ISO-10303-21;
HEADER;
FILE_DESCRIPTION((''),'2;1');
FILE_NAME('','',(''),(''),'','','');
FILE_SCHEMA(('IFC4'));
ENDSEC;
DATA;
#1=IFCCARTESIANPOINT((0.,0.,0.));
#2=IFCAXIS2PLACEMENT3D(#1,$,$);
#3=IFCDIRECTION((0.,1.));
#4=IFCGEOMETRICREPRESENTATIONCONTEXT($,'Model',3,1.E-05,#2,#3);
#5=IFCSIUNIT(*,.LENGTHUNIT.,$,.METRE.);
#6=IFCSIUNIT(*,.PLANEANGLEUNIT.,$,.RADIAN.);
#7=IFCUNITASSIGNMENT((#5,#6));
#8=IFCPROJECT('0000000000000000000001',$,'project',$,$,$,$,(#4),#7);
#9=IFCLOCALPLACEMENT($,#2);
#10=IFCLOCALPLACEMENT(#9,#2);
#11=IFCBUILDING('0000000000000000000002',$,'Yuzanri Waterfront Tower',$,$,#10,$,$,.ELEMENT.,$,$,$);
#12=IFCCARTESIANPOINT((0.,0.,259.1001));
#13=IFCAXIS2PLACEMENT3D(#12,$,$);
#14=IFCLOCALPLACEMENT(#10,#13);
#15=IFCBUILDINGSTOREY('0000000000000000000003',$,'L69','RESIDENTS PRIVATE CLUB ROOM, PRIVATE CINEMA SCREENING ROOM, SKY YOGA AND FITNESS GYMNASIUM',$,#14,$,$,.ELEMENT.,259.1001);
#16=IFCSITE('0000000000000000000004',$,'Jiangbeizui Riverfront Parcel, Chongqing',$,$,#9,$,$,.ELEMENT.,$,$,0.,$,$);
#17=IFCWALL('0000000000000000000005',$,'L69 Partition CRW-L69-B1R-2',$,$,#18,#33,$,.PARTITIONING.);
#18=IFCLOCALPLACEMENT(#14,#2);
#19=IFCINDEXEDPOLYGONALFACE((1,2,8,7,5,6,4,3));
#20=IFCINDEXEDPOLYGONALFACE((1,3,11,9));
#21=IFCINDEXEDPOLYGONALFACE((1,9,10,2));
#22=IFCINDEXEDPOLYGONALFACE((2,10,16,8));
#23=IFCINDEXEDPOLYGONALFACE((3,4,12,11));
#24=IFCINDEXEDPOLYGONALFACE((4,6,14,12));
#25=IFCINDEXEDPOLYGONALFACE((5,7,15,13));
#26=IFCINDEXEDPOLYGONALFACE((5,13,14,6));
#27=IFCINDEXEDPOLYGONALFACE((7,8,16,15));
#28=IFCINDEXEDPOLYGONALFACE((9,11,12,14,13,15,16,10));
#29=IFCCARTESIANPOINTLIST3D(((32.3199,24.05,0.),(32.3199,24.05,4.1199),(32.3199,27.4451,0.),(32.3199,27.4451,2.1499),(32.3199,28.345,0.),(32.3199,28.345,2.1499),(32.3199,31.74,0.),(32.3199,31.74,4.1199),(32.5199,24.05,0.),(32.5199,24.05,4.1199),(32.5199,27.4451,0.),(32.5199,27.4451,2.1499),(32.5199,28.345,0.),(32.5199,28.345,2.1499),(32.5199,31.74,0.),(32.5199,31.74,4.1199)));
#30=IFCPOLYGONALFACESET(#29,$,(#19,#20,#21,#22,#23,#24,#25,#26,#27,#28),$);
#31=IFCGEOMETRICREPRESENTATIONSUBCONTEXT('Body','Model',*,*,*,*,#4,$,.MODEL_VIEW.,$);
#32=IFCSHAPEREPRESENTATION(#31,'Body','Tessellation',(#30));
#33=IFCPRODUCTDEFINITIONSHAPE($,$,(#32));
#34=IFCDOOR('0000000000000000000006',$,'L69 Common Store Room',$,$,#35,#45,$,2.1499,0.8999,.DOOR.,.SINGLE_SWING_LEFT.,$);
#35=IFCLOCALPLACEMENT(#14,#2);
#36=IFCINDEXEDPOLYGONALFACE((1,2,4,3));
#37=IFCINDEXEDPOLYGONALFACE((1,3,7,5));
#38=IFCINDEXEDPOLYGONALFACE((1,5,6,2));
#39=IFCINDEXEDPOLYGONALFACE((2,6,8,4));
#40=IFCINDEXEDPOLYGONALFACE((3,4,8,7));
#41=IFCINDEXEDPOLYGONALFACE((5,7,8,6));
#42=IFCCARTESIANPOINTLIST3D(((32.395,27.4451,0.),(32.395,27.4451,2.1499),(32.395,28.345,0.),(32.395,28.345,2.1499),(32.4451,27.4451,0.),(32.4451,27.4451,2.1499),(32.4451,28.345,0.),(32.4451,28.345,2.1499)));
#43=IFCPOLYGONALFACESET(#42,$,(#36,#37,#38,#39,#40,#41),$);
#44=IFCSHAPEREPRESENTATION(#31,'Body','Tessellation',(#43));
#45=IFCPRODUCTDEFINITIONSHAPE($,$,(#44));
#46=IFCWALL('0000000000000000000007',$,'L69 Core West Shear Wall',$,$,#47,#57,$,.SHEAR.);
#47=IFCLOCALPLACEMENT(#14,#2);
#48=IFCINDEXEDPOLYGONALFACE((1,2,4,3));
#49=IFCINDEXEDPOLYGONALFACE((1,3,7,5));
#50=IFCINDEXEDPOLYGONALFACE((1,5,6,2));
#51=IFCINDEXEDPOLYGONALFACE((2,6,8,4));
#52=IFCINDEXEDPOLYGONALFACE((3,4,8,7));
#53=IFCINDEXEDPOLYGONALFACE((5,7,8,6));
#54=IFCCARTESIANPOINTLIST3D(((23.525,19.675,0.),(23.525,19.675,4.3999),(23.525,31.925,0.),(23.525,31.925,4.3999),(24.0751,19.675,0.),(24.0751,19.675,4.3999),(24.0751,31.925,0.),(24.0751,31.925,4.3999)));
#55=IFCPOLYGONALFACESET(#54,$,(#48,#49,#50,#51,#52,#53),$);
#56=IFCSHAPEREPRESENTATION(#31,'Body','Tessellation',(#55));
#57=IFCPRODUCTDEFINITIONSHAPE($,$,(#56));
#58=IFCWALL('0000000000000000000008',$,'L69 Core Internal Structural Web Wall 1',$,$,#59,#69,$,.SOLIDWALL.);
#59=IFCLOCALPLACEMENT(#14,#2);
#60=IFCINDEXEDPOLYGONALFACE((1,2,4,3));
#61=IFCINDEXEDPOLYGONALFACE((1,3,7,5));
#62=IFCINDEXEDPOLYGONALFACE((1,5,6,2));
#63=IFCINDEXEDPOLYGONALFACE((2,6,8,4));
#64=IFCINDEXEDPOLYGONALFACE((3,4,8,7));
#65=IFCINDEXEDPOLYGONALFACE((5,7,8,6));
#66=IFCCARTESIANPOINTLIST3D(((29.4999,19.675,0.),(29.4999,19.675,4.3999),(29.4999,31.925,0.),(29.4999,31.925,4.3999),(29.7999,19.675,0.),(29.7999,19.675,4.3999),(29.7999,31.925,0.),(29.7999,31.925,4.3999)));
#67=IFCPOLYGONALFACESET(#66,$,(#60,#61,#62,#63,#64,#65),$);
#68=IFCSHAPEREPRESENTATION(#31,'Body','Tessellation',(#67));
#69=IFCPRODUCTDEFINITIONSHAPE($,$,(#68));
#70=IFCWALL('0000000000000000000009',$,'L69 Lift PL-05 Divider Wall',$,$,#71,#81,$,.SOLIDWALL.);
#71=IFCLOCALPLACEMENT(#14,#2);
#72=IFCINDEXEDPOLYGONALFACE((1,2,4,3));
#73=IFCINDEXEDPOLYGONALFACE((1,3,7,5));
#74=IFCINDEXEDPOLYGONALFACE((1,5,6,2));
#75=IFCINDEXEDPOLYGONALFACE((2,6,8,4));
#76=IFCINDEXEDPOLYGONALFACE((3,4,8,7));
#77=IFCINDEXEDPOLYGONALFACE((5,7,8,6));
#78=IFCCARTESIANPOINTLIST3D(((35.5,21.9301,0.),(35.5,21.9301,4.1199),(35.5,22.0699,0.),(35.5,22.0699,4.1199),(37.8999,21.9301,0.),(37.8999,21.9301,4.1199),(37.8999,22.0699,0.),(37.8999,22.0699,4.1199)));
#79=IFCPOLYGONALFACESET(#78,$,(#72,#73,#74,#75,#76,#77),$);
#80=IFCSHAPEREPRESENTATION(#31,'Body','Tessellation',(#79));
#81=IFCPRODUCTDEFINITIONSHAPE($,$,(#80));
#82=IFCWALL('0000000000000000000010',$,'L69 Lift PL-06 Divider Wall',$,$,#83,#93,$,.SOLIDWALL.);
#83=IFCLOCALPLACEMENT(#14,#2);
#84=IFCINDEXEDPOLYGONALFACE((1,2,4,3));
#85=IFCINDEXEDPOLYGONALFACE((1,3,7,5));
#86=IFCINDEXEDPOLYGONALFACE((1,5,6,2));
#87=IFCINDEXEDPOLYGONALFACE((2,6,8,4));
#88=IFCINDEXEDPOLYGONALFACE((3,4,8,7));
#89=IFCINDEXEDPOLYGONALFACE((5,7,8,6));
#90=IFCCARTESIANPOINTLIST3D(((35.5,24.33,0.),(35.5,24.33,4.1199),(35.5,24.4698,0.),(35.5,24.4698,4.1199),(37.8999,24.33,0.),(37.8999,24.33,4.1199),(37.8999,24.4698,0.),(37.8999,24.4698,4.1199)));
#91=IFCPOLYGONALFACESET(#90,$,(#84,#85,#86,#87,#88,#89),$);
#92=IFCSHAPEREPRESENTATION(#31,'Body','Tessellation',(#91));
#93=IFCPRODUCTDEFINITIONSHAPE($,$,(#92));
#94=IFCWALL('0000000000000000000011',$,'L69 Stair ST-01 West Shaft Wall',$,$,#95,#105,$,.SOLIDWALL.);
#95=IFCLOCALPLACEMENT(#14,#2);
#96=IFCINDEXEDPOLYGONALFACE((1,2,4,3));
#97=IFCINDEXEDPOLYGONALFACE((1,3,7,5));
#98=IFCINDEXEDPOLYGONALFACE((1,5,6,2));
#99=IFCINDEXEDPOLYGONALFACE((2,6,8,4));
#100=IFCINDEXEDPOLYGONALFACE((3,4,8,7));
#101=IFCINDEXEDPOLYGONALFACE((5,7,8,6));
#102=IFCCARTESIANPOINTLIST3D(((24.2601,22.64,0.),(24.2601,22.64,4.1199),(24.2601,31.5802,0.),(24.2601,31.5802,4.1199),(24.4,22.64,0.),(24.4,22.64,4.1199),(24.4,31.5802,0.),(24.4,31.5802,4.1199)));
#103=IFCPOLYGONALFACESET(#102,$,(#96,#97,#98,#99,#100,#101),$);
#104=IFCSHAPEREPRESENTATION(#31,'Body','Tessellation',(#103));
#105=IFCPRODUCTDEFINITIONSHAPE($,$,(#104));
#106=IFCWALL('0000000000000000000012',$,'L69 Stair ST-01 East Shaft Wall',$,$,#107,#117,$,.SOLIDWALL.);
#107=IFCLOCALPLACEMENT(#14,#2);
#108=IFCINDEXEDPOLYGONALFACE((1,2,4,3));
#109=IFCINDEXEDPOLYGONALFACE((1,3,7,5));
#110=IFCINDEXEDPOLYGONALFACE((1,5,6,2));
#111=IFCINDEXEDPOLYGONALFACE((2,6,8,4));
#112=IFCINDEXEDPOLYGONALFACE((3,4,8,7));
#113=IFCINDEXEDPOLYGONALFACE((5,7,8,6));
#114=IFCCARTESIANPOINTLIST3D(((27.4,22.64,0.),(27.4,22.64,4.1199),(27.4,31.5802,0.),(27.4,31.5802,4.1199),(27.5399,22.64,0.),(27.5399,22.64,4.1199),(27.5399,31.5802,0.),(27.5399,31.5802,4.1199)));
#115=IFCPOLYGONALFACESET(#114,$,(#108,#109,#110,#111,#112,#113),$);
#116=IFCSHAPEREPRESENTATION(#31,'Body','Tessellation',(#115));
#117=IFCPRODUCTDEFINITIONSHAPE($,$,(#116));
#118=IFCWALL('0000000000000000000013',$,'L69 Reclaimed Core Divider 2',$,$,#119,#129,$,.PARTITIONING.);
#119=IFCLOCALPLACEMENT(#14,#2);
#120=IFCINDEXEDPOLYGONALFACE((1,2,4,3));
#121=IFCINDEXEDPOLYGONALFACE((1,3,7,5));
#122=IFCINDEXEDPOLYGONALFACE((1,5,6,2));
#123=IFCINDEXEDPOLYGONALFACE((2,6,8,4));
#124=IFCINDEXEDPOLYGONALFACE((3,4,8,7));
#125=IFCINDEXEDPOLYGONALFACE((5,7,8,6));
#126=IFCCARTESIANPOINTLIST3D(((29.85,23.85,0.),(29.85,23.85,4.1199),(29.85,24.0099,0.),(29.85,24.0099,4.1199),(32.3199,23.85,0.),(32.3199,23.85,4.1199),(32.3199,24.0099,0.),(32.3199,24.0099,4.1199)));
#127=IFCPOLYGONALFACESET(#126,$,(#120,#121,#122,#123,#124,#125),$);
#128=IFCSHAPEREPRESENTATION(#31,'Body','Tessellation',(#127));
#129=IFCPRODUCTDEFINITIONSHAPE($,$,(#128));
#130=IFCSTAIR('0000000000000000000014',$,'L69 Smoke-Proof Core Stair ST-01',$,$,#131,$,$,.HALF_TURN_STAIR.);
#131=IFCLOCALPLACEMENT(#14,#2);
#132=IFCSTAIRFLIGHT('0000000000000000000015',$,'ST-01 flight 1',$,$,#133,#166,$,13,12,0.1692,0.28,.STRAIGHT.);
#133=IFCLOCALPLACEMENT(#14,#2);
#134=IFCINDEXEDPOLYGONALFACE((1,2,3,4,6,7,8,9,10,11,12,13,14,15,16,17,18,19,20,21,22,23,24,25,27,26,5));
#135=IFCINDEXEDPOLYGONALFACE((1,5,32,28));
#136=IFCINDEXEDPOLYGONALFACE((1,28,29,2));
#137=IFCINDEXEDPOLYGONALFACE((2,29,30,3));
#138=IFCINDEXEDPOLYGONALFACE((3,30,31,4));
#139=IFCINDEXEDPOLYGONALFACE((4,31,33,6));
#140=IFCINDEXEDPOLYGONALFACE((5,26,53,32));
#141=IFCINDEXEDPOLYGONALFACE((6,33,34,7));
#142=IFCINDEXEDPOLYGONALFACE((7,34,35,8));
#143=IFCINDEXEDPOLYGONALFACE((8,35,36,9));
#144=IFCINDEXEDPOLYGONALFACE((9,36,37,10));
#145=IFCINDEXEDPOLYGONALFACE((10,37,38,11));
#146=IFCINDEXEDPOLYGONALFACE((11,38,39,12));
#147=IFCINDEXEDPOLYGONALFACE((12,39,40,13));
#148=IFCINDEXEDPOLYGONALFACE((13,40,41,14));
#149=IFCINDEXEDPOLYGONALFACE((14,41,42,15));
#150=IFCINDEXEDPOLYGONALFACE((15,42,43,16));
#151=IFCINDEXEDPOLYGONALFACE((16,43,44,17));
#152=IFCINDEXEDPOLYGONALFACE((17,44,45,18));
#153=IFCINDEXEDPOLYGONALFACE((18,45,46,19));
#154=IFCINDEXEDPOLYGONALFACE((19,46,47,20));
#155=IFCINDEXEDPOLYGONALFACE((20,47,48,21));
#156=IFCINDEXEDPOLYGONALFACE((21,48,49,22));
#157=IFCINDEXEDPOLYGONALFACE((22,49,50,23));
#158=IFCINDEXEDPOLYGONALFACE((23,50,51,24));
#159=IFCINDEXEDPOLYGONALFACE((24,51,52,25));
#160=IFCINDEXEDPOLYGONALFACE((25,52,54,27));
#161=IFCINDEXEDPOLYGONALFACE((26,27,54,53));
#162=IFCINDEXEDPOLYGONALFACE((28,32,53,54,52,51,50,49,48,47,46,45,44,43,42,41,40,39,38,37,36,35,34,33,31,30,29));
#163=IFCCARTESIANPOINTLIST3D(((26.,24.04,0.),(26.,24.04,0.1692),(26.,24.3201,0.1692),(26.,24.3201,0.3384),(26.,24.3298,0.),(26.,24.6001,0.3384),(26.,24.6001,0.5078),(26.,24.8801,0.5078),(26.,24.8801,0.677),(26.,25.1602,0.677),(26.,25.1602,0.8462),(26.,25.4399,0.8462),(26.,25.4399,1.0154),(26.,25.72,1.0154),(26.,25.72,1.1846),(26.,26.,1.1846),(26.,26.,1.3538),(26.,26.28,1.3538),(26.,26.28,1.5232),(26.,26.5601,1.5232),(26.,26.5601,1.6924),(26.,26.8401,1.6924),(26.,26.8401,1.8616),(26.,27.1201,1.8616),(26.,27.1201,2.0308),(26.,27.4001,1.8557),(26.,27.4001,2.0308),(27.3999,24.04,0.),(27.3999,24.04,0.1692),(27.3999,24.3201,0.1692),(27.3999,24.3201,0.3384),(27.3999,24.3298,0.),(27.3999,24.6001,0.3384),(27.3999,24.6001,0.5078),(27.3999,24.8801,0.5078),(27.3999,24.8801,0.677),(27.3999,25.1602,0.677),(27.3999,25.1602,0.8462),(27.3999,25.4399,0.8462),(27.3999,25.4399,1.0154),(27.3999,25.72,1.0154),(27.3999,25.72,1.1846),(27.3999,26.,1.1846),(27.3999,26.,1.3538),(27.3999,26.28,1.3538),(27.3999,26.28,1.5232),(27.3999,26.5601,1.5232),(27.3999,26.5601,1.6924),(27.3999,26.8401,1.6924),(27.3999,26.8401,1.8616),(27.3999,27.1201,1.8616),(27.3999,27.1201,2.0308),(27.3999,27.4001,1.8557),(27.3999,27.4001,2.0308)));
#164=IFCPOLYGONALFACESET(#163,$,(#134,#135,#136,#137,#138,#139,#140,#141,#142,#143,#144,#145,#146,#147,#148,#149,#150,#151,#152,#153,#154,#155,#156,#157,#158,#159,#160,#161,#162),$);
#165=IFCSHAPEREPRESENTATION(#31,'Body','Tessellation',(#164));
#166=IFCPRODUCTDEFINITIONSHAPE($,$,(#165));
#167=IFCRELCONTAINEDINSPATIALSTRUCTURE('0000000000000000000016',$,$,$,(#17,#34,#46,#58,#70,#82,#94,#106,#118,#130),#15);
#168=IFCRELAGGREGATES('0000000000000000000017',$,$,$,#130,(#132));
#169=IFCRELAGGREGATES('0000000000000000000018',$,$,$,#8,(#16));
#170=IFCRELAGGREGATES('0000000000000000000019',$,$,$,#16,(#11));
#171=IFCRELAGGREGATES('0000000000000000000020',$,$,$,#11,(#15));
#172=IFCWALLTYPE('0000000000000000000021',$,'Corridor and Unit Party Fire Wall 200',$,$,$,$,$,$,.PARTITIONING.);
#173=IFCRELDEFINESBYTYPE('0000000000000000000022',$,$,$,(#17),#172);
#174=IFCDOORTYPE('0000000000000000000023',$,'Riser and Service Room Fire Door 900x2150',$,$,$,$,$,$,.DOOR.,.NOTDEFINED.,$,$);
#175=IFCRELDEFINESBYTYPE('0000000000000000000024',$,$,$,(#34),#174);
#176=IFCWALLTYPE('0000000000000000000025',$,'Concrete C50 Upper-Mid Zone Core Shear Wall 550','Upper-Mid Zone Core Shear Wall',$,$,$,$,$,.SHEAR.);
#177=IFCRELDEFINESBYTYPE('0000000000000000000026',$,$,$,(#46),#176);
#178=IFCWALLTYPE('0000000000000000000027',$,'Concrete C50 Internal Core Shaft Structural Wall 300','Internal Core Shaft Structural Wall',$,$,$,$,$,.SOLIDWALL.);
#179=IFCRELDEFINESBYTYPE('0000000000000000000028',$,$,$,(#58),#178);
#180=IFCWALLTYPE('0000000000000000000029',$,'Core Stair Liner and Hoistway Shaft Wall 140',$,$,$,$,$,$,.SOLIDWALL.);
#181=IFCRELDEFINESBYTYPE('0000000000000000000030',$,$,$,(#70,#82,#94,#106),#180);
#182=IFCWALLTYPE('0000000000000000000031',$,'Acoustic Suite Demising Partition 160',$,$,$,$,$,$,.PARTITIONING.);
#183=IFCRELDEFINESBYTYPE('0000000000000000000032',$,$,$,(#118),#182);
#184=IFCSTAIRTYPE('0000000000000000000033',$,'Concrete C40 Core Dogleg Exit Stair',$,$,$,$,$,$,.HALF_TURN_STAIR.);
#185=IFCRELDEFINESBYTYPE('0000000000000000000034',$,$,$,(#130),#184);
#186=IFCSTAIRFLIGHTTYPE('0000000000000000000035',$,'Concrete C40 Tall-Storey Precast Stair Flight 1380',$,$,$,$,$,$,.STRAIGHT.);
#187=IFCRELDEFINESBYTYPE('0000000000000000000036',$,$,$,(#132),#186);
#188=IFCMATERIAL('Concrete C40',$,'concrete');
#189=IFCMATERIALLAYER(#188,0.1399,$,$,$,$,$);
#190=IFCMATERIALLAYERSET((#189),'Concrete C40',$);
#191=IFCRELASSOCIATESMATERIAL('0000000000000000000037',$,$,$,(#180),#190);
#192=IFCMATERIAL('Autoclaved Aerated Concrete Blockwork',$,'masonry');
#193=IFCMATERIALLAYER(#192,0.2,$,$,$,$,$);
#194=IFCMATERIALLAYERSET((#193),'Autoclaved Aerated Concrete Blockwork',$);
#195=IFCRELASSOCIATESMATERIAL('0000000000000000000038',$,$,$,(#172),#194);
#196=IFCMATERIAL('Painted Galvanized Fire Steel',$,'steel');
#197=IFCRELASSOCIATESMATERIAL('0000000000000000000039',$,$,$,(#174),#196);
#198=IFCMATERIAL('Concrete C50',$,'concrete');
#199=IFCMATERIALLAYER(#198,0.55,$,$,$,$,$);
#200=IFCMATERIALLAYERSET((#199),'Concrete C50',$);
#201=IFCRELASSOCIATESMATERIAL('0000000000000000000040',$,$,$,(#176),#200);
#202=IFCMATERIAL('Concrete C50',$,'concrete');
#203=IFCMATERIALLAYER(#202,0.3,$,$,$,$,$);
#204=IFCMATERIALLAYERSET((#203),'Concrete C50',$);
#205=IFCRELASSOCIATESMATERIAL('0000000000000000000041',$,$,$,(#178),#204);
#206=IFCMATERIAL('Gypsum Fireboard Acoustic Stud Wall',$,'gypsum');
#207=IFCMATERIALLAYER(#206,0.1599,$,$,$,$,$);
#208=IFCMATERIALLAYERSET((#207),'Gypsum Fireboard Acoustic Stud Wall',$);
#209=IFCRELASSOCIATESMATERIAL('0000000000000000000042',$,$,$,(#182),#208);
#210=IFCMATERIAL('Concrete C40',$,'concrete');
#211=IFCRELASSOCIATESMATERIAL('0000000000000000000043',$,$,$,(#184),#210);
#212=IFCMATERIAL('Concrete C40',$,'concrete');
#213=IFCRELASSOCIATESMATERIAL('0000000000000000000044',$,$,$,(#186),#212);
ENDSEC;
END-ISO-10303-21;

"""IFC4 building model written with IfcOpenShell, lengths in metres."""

from ifc_helpers import new_model, si_unit, direction, frame, frame_2d, origin, place, context, subcontext, project, spatial, polyline, rectangle, outline, extrude, source, transform, mapped, material, layer, layer_set, type_object, element, fill, aggregate, save


model = new_model("IFC4")

# Units and contexts
model_context = context("Model", 3, precision=1e-05, world=origin(), true_north=direction((0.0, 1.0)))
body_context = subcontext(model_context, "Body", "Model", "MODEL_VIEW")
ifc_project = project(units=[si_unit("LENGTHUNIT", "METRE"), si_unit("PLANEANGLEUNIT", "RADIAN")], contexts=[model_context])

# Site, building, storey
site_placement = place(None, origin())
site = spatial("IfcSite", under=ifc_project, at=site_placement, Name="Jiangbeizui Riverfront Parcel, Chongqing", CompositionType="ELEMENT", RefElevation=0.0)
building_placement = place(site_placement, origin())
building = spatial("IfcBuilding", under=site, at=building_placement, Name="Yuzanri Waterfront Tower", CompositionType="ELEMENT")
storey_placement = place(building_placement, frame((0.0, 0.0, 259.1001)))
storey = spatial("IfcBuildingStorey", under=building, at=storey_placement, Name="L69", Description="RESIDENTS PRIVATE CLUB ROOM, PRIVATE CINEMA SCREENING ROOM, SKY YOGA AND FITNESS GYMNASIUM", CompositionType="ELEMENT", Elevation=259.1001)

# Wall, opening, door
ifc_material_1 = material(Name="Concrete C40", Category="concrete")
ifc_layer_1 = layer(ifc_material_1, 0.1399)
ifc_layer_set_1 = layer_set([ifc_layer_1], Name="Concrete C40")
wall_type_1 = type_object("IfcWallType", Name="Core Stair Liner and Hoistway Shaft Wall 140", PredefinedType="SOLIDWALL", material=ifc_layer_set_1)
ifc_material_2 = material(Name="Autoclaved Aerated Concrete Blockwork", Category="masonry")
ifc_layer_2 = layer(ifc_material_2, 0.2)
ifc_layer_set_2 = layer_set([ifc_layer_2], Name="Autoclaved Aerated Concrete Blockwork")
wall_type_2 = type_object("IfcWallType", Name="Corridor and Unit Party Fire Wall 200", PredefinedType="PARTITIONING", material=ifc_layer_set_2)
ifc_material_3 = material(Name="Painted Galvanized Fire Steel", Category="steel")
door_type_1 = type_object("IfcDoorType", Name="Riser and Service Room Fire Door 900x2150", OperationType="NOTDEFINED", PredefinedType="DOOR", material=ifc_material_3)
shared_shape_1 = source(origin(), body_context, "Body", "SweptSolid", [
    extrude(rectangle(XDim=0.8999, YDim=2.1499, at=frame_2d((0.45, 1.075))), frame((0.0, 0.0249, 0.0), z_axis=(0.0, -1.0, 0.0), x_axis=(1.0, 0.0, 0.0)), (0.0, 0.0, 1.0), 0.05),
])
wall_1_placement = place(storey_placement, frame((32.4199, 24.05, 0.0), z_axis=(0.0, 0.0, 1.0), x_axis=(0.0, 1.0, 0.0)))
wall_1 = element("IfcWall", 1, at=wall_1_placement, inside=storey, type_object=wall_type_2, Name="L69 Partition CRW-L69-B1R-2", PredefinedType="PARTITIONING", context=body_context, shape_type="SweptSolid", body=[
    extrude(rectangle(XDim=7.6899, YDim=0.2, at=frame_2d((3.845, 0.0))), origin(), (0.0, 0.0, 1.0), 4.1199),
])
opening_1_placement = place(wall_1_placement, frame((3.395, 0.0, 0.0)))
opening_1 = element("IfcOpeningElement", 2, at=opening_1_placement, cuts=wall_1, PredefinedType="OPENING", context=body_context, shape_type="SweptSolid", body=[
    extrude(rectangle(XDim=0.8999, YDim=2.1499, at=frame_2d((0.45, 1.075))), frame((0.0, 0.1147, 0.0), z_axis=(0.0, -1.0, 0.0), x_axis=(1.0, 0.0, 0.0)), (0.0, 0.0, 1.0), 0.2297),
])
door_1_placement = place(opening_1_placement, origin())
door_1 = element("IfcDoor", 3, at=door_1_placement, inside=storey, type_object=door_type_1, Name="L69 Common Store Room", OperationType="SINGLE_SWING_LEFT", OverallHeight=2.1499, OverallWidth=0.8999, PredefinedType="DOOR", context=body_context, shape_type="MappedRepresentation", body=[
    mapped(shared_shape_1, transform((0.0, 0.0, 0.0), scale=1.0)),
])
fill(opening_1, door_1)

# Walls
ifc_material_4 = material(Name="Concrete C50", Category="concrete")
ifc_layer_3 = layer(ifc_material_4, 0.55)
ifc_layer_set_3 = layer_set([ifc_layer_3], Name="Concrete C50")
wall_type_3 = type_object("IfcWallType", Name="Concrete C50 Upper-Mid Zone Core Shear Wall 550", Description="Upper-Mid Zone Core Shear Wall", PredefinedType="SHEAR", material=ifc_layer_set_3)
shared_shape_2 = source(origin(), body_context, "Body", "SweptSolid", [
    extrude(rectangle(XDim=12.25, YDim=0.55, at=frame_2d((6.125, 0.0))), origin(), (0.0, 0.0, 1.0), 4.3999),
])
wall_2_placement = place(storey_placement, frame((23.8, 19.675, 0.0), z_axis=(0.0, 0.0, 1.0), x_axis=(0.0, 1.0, 0.0)))
element("IfcWall", 4, at=wall_2_placement, inside=storey, type_object=wall_type_3, Name="L69 Core West Shear Wall", PredefinedType="SHEAR", context=body_context, shape_type="MappedRepresentation", body=[
    mapped(shared_shape_2, transform((0.0, 0.0, 0.0), scale=1.0)),
])
ifc_material_5 = material(Name="Concrete C50", Category="concrete")
ifc_layer_4 = layer(ifc_material_5, 0.3)
ifc_layer_set_4 = layer_set([ifc_layer_4], Name="Concrete C50")
wall_type_4 = type_object("IfcWallType", Name="Concrete C50 Internal Core Shaft Structural Wall 300", Description="Internal Core Shaft Structural Wall", PredefinedType="SOLIDWALL", material=ifc_layer_set_4)
shared_shape_3 = source(origin(), body_context, "Body", "SweptSolid", [
    extrude(rectangle(XDim=12.25, YDim=0.3, at=frame_2d((6.125, 0.0))), origin(), (0.0, 0.0, 1.0), 4.3999),
])
wall_3_placement = place(storey_placement, frame((29.6499, 19.675, 0.0), z_axis=(0.0, 0.0, 1.0), x_axis=(0.0, 1.0, 0.0)))
element("IfcWall", 5, at=wall_3_placement, inside=storey, type_object=wall_type_4, Name="L69 Core Internal Structural Web Wall 1", PredefinedType="SOLIDWALL", context=body_context, shape_type="MappedRepresentation", body=[
    mapped(shared_shape_3, transform((0.0, 0.0, 0.0), scale=1.0)),
])
shared_shape_4 = source(origin(), body_context, "Body", "SweptSolid", [
    extrude(rectangle(XDim=2.3999, YDim=0.1399, at=frame_2d((1.2, 0.0))), origin(), (0.0, 0.0, 1.0), 4.1199),
])
for number, where, z_axis, x_axis, name in (
    (6, (35.5, 22.0, 0.0), (0.0, 0.0, 1.0), (1.0, 0.0, 0.0), "L69 Lift PL-05 Divider Wall"),
    (7, (35.5, 24.3999, 0.0), (0.0, 0.0, 1.0), (1.0, 0.0, 0.0), "L69 Lift PL-06 Divider Wall"),
):
    element("IfcWall", number, at=place(storey_placement, frame(where, z_axis=z_axis, x_axis=x_axis)), inside=storey, type_object=wall_type_1, Name=name, PredefinedType="SOLIDWALL", context=body_context, shape_type="MappedRepresentation", body=[
        mapped(shared_shape_4, transform((0.0, 0.0, 0.0), scale=1.0)),
    ])
shared_shape_5 = source(origin(), body_context, "Body", "SweptSolid", [
    extrude(rectangle(XDim=8.9402, YDim=0.1399, at=frame_2d((4.4702, 0.0))), origin(), (0.0, 0.0, 1.0), 4.1199),
])
for number, where, z_axis, x_axis, name in (
    (8, (24.3301, 22.6399, 0.0), (0.0, 0.0, 1.0), (0.0, 1.0, 0.0), "L69 Stair ST-01 West Shaft Wall"),
    (9, (27.47, 22.6399, 0.0), (0.0, 0.0, 1.0), (0.0, 1.0, 0.0), "L69 Stair ST-01 East Shaft Wall"),
):
    element("IfcWall", number, at=place(storey_placement, frame(where, z_axis=z_axis, x_axis=x_axis)), inside=storey, type_object=wall_type_1, Name=name, PredefinedType="SOLIDWALL", context=body_context, shape_type="MappedRepresentation", body=[
        mapped(shared_shape_5, transform((0.0, 0.0, 0.0), scale=1.0)),
    ])
ifc_material_6 = material(Name="Gypsum Fireboard Acoustic Stud Wall", Category="gypsum")
ifc_layer_5 = layer(ifc_material_6, 0.1599)
ifc_layer_set_5 = layer_set([ifc_layer_5], Name="Gypsum Fireboard Acoustic Stud Wall")
wall_type_5 = type_object("IfcWallType", Name="Acoustic Suite Demising Partition 160", PredefinedType="PARTITIONING", material=ifc_layer_set_5)
shared_shape_6 = source(origin(), body_context, "Body", "SweptSolid", [
    extrude(rectangle(XDim=2.47, YDim=0.1599, at=frame_2d((1.2349, 0.0))), origin(), (0.0, 0.0, 1.0), 4.1199),
])
wall_4_placement = place(storey_placement, frame((29.8501, 23.9299, 0.0), z_axis=(0.0, 0.0, 1.0), x_axis=(1.0, 0.0, 0.0)))
element("IfcWall", 10, at=wall_4_placement, inside=storey, type_object=wall_type_5, Name="L69 Reclaimed Core Divider 2", PredefinedType="PARTITIONING", context=body_context, shape_type="MappedRepresentation", body=[
    mapped(shared_shape_6, transform((0.0, 0.0, 0.0), scale=1.0)),
])

# Stair, stair flight
ifc_material_7 = material(Name="Concrete C40", Category="concrete")
stair_type = type_object("IfcStairType", Name="Concrete C40 Core Dogleg Exit Stair", PredefinedType="HALF_TURN_STAIR", material=ifc_material_7)
stair_placement = place(storey_placement, origin())
stair = element("IfcStair", 11, at=stair_placement, inside=storey, type_object=stair_type, Name="L69 Smoke-Proof Core Stair ST-01", PredefinedType="HALF_TURN_STAIR")
ifc_material_8 = material(Name="Concrete C40", Category="concrete")
stair_flight_type = type_object("IfcStairFlightType", Name="Concrete C40 Tall-Storey Precast Stair Flight 1380", PredefinedType="STRAIGHT", material=ifc_material_8)
shared_shape_7 = source(origin(), body_context, "Body", "SweptSolid", [
    extrude(outline(polyline([(0.0, 0.0), (0.0, 0.1692), (0.28, 0.1692), (0.28, 0.3384), (0.5601, 0.3384), (0.5601, 0.5078), (0.8401, 0.5078), (0.8401, 0.677), (1.1201, 0.677), (1.1201, 0.8462), (1.3999, 0.8462), (1.3999, 1.0154), (1.6799, 1.0154), (1.6799, 1.1846), (1.96, 1.1846), (1.96, 1.3538), (2.24, 1.3538), (2.24, 1.5232), (2.52, 1.5232), (2.52, 1.6924), (2.8, 1.6924), (2.8, 1.8616), (3.0801, 1.8616), (3.0801, 2.0308), (3.3601, 2.0308), (3.3601, 2.2), (3.3601, 1.8557), (0.2898, 0.0), (0.0, 0.0)])), frame((0.0, 0.7, 0.0), z_axis=(0.0, -1.0, 0.0), x_axis=(1.0, 0.0, 0.0)), (0.0, 0.0, 1.0), 1.3999),
])
stair_flight_placement = place(storey_placement, frame((26.7, 24.04, 0.0), z_axis=(0.0, 0.0, 1.0), x_axis=(0.0, 1.0, 0.0)))
stair_flight = element("IfcStairFlight", 12, at=stair_flight_placement, type_object=stair_flight_type, Name="ST-01 flight 1", NumberOfRisers=13, NumberOfTreads=12, PredefinedType="STRAIGHT", RiserHeight=0.1692, TreadLength=0.28, context=body_context, shape_type="MappedRepresentation", body=[
    mapped(shared_shape_7, transform((0.0, 0.0, 0.0), scale=1.0)),
])
aggregate(stair, [stair_flight])

save(model, "model.ifc")
